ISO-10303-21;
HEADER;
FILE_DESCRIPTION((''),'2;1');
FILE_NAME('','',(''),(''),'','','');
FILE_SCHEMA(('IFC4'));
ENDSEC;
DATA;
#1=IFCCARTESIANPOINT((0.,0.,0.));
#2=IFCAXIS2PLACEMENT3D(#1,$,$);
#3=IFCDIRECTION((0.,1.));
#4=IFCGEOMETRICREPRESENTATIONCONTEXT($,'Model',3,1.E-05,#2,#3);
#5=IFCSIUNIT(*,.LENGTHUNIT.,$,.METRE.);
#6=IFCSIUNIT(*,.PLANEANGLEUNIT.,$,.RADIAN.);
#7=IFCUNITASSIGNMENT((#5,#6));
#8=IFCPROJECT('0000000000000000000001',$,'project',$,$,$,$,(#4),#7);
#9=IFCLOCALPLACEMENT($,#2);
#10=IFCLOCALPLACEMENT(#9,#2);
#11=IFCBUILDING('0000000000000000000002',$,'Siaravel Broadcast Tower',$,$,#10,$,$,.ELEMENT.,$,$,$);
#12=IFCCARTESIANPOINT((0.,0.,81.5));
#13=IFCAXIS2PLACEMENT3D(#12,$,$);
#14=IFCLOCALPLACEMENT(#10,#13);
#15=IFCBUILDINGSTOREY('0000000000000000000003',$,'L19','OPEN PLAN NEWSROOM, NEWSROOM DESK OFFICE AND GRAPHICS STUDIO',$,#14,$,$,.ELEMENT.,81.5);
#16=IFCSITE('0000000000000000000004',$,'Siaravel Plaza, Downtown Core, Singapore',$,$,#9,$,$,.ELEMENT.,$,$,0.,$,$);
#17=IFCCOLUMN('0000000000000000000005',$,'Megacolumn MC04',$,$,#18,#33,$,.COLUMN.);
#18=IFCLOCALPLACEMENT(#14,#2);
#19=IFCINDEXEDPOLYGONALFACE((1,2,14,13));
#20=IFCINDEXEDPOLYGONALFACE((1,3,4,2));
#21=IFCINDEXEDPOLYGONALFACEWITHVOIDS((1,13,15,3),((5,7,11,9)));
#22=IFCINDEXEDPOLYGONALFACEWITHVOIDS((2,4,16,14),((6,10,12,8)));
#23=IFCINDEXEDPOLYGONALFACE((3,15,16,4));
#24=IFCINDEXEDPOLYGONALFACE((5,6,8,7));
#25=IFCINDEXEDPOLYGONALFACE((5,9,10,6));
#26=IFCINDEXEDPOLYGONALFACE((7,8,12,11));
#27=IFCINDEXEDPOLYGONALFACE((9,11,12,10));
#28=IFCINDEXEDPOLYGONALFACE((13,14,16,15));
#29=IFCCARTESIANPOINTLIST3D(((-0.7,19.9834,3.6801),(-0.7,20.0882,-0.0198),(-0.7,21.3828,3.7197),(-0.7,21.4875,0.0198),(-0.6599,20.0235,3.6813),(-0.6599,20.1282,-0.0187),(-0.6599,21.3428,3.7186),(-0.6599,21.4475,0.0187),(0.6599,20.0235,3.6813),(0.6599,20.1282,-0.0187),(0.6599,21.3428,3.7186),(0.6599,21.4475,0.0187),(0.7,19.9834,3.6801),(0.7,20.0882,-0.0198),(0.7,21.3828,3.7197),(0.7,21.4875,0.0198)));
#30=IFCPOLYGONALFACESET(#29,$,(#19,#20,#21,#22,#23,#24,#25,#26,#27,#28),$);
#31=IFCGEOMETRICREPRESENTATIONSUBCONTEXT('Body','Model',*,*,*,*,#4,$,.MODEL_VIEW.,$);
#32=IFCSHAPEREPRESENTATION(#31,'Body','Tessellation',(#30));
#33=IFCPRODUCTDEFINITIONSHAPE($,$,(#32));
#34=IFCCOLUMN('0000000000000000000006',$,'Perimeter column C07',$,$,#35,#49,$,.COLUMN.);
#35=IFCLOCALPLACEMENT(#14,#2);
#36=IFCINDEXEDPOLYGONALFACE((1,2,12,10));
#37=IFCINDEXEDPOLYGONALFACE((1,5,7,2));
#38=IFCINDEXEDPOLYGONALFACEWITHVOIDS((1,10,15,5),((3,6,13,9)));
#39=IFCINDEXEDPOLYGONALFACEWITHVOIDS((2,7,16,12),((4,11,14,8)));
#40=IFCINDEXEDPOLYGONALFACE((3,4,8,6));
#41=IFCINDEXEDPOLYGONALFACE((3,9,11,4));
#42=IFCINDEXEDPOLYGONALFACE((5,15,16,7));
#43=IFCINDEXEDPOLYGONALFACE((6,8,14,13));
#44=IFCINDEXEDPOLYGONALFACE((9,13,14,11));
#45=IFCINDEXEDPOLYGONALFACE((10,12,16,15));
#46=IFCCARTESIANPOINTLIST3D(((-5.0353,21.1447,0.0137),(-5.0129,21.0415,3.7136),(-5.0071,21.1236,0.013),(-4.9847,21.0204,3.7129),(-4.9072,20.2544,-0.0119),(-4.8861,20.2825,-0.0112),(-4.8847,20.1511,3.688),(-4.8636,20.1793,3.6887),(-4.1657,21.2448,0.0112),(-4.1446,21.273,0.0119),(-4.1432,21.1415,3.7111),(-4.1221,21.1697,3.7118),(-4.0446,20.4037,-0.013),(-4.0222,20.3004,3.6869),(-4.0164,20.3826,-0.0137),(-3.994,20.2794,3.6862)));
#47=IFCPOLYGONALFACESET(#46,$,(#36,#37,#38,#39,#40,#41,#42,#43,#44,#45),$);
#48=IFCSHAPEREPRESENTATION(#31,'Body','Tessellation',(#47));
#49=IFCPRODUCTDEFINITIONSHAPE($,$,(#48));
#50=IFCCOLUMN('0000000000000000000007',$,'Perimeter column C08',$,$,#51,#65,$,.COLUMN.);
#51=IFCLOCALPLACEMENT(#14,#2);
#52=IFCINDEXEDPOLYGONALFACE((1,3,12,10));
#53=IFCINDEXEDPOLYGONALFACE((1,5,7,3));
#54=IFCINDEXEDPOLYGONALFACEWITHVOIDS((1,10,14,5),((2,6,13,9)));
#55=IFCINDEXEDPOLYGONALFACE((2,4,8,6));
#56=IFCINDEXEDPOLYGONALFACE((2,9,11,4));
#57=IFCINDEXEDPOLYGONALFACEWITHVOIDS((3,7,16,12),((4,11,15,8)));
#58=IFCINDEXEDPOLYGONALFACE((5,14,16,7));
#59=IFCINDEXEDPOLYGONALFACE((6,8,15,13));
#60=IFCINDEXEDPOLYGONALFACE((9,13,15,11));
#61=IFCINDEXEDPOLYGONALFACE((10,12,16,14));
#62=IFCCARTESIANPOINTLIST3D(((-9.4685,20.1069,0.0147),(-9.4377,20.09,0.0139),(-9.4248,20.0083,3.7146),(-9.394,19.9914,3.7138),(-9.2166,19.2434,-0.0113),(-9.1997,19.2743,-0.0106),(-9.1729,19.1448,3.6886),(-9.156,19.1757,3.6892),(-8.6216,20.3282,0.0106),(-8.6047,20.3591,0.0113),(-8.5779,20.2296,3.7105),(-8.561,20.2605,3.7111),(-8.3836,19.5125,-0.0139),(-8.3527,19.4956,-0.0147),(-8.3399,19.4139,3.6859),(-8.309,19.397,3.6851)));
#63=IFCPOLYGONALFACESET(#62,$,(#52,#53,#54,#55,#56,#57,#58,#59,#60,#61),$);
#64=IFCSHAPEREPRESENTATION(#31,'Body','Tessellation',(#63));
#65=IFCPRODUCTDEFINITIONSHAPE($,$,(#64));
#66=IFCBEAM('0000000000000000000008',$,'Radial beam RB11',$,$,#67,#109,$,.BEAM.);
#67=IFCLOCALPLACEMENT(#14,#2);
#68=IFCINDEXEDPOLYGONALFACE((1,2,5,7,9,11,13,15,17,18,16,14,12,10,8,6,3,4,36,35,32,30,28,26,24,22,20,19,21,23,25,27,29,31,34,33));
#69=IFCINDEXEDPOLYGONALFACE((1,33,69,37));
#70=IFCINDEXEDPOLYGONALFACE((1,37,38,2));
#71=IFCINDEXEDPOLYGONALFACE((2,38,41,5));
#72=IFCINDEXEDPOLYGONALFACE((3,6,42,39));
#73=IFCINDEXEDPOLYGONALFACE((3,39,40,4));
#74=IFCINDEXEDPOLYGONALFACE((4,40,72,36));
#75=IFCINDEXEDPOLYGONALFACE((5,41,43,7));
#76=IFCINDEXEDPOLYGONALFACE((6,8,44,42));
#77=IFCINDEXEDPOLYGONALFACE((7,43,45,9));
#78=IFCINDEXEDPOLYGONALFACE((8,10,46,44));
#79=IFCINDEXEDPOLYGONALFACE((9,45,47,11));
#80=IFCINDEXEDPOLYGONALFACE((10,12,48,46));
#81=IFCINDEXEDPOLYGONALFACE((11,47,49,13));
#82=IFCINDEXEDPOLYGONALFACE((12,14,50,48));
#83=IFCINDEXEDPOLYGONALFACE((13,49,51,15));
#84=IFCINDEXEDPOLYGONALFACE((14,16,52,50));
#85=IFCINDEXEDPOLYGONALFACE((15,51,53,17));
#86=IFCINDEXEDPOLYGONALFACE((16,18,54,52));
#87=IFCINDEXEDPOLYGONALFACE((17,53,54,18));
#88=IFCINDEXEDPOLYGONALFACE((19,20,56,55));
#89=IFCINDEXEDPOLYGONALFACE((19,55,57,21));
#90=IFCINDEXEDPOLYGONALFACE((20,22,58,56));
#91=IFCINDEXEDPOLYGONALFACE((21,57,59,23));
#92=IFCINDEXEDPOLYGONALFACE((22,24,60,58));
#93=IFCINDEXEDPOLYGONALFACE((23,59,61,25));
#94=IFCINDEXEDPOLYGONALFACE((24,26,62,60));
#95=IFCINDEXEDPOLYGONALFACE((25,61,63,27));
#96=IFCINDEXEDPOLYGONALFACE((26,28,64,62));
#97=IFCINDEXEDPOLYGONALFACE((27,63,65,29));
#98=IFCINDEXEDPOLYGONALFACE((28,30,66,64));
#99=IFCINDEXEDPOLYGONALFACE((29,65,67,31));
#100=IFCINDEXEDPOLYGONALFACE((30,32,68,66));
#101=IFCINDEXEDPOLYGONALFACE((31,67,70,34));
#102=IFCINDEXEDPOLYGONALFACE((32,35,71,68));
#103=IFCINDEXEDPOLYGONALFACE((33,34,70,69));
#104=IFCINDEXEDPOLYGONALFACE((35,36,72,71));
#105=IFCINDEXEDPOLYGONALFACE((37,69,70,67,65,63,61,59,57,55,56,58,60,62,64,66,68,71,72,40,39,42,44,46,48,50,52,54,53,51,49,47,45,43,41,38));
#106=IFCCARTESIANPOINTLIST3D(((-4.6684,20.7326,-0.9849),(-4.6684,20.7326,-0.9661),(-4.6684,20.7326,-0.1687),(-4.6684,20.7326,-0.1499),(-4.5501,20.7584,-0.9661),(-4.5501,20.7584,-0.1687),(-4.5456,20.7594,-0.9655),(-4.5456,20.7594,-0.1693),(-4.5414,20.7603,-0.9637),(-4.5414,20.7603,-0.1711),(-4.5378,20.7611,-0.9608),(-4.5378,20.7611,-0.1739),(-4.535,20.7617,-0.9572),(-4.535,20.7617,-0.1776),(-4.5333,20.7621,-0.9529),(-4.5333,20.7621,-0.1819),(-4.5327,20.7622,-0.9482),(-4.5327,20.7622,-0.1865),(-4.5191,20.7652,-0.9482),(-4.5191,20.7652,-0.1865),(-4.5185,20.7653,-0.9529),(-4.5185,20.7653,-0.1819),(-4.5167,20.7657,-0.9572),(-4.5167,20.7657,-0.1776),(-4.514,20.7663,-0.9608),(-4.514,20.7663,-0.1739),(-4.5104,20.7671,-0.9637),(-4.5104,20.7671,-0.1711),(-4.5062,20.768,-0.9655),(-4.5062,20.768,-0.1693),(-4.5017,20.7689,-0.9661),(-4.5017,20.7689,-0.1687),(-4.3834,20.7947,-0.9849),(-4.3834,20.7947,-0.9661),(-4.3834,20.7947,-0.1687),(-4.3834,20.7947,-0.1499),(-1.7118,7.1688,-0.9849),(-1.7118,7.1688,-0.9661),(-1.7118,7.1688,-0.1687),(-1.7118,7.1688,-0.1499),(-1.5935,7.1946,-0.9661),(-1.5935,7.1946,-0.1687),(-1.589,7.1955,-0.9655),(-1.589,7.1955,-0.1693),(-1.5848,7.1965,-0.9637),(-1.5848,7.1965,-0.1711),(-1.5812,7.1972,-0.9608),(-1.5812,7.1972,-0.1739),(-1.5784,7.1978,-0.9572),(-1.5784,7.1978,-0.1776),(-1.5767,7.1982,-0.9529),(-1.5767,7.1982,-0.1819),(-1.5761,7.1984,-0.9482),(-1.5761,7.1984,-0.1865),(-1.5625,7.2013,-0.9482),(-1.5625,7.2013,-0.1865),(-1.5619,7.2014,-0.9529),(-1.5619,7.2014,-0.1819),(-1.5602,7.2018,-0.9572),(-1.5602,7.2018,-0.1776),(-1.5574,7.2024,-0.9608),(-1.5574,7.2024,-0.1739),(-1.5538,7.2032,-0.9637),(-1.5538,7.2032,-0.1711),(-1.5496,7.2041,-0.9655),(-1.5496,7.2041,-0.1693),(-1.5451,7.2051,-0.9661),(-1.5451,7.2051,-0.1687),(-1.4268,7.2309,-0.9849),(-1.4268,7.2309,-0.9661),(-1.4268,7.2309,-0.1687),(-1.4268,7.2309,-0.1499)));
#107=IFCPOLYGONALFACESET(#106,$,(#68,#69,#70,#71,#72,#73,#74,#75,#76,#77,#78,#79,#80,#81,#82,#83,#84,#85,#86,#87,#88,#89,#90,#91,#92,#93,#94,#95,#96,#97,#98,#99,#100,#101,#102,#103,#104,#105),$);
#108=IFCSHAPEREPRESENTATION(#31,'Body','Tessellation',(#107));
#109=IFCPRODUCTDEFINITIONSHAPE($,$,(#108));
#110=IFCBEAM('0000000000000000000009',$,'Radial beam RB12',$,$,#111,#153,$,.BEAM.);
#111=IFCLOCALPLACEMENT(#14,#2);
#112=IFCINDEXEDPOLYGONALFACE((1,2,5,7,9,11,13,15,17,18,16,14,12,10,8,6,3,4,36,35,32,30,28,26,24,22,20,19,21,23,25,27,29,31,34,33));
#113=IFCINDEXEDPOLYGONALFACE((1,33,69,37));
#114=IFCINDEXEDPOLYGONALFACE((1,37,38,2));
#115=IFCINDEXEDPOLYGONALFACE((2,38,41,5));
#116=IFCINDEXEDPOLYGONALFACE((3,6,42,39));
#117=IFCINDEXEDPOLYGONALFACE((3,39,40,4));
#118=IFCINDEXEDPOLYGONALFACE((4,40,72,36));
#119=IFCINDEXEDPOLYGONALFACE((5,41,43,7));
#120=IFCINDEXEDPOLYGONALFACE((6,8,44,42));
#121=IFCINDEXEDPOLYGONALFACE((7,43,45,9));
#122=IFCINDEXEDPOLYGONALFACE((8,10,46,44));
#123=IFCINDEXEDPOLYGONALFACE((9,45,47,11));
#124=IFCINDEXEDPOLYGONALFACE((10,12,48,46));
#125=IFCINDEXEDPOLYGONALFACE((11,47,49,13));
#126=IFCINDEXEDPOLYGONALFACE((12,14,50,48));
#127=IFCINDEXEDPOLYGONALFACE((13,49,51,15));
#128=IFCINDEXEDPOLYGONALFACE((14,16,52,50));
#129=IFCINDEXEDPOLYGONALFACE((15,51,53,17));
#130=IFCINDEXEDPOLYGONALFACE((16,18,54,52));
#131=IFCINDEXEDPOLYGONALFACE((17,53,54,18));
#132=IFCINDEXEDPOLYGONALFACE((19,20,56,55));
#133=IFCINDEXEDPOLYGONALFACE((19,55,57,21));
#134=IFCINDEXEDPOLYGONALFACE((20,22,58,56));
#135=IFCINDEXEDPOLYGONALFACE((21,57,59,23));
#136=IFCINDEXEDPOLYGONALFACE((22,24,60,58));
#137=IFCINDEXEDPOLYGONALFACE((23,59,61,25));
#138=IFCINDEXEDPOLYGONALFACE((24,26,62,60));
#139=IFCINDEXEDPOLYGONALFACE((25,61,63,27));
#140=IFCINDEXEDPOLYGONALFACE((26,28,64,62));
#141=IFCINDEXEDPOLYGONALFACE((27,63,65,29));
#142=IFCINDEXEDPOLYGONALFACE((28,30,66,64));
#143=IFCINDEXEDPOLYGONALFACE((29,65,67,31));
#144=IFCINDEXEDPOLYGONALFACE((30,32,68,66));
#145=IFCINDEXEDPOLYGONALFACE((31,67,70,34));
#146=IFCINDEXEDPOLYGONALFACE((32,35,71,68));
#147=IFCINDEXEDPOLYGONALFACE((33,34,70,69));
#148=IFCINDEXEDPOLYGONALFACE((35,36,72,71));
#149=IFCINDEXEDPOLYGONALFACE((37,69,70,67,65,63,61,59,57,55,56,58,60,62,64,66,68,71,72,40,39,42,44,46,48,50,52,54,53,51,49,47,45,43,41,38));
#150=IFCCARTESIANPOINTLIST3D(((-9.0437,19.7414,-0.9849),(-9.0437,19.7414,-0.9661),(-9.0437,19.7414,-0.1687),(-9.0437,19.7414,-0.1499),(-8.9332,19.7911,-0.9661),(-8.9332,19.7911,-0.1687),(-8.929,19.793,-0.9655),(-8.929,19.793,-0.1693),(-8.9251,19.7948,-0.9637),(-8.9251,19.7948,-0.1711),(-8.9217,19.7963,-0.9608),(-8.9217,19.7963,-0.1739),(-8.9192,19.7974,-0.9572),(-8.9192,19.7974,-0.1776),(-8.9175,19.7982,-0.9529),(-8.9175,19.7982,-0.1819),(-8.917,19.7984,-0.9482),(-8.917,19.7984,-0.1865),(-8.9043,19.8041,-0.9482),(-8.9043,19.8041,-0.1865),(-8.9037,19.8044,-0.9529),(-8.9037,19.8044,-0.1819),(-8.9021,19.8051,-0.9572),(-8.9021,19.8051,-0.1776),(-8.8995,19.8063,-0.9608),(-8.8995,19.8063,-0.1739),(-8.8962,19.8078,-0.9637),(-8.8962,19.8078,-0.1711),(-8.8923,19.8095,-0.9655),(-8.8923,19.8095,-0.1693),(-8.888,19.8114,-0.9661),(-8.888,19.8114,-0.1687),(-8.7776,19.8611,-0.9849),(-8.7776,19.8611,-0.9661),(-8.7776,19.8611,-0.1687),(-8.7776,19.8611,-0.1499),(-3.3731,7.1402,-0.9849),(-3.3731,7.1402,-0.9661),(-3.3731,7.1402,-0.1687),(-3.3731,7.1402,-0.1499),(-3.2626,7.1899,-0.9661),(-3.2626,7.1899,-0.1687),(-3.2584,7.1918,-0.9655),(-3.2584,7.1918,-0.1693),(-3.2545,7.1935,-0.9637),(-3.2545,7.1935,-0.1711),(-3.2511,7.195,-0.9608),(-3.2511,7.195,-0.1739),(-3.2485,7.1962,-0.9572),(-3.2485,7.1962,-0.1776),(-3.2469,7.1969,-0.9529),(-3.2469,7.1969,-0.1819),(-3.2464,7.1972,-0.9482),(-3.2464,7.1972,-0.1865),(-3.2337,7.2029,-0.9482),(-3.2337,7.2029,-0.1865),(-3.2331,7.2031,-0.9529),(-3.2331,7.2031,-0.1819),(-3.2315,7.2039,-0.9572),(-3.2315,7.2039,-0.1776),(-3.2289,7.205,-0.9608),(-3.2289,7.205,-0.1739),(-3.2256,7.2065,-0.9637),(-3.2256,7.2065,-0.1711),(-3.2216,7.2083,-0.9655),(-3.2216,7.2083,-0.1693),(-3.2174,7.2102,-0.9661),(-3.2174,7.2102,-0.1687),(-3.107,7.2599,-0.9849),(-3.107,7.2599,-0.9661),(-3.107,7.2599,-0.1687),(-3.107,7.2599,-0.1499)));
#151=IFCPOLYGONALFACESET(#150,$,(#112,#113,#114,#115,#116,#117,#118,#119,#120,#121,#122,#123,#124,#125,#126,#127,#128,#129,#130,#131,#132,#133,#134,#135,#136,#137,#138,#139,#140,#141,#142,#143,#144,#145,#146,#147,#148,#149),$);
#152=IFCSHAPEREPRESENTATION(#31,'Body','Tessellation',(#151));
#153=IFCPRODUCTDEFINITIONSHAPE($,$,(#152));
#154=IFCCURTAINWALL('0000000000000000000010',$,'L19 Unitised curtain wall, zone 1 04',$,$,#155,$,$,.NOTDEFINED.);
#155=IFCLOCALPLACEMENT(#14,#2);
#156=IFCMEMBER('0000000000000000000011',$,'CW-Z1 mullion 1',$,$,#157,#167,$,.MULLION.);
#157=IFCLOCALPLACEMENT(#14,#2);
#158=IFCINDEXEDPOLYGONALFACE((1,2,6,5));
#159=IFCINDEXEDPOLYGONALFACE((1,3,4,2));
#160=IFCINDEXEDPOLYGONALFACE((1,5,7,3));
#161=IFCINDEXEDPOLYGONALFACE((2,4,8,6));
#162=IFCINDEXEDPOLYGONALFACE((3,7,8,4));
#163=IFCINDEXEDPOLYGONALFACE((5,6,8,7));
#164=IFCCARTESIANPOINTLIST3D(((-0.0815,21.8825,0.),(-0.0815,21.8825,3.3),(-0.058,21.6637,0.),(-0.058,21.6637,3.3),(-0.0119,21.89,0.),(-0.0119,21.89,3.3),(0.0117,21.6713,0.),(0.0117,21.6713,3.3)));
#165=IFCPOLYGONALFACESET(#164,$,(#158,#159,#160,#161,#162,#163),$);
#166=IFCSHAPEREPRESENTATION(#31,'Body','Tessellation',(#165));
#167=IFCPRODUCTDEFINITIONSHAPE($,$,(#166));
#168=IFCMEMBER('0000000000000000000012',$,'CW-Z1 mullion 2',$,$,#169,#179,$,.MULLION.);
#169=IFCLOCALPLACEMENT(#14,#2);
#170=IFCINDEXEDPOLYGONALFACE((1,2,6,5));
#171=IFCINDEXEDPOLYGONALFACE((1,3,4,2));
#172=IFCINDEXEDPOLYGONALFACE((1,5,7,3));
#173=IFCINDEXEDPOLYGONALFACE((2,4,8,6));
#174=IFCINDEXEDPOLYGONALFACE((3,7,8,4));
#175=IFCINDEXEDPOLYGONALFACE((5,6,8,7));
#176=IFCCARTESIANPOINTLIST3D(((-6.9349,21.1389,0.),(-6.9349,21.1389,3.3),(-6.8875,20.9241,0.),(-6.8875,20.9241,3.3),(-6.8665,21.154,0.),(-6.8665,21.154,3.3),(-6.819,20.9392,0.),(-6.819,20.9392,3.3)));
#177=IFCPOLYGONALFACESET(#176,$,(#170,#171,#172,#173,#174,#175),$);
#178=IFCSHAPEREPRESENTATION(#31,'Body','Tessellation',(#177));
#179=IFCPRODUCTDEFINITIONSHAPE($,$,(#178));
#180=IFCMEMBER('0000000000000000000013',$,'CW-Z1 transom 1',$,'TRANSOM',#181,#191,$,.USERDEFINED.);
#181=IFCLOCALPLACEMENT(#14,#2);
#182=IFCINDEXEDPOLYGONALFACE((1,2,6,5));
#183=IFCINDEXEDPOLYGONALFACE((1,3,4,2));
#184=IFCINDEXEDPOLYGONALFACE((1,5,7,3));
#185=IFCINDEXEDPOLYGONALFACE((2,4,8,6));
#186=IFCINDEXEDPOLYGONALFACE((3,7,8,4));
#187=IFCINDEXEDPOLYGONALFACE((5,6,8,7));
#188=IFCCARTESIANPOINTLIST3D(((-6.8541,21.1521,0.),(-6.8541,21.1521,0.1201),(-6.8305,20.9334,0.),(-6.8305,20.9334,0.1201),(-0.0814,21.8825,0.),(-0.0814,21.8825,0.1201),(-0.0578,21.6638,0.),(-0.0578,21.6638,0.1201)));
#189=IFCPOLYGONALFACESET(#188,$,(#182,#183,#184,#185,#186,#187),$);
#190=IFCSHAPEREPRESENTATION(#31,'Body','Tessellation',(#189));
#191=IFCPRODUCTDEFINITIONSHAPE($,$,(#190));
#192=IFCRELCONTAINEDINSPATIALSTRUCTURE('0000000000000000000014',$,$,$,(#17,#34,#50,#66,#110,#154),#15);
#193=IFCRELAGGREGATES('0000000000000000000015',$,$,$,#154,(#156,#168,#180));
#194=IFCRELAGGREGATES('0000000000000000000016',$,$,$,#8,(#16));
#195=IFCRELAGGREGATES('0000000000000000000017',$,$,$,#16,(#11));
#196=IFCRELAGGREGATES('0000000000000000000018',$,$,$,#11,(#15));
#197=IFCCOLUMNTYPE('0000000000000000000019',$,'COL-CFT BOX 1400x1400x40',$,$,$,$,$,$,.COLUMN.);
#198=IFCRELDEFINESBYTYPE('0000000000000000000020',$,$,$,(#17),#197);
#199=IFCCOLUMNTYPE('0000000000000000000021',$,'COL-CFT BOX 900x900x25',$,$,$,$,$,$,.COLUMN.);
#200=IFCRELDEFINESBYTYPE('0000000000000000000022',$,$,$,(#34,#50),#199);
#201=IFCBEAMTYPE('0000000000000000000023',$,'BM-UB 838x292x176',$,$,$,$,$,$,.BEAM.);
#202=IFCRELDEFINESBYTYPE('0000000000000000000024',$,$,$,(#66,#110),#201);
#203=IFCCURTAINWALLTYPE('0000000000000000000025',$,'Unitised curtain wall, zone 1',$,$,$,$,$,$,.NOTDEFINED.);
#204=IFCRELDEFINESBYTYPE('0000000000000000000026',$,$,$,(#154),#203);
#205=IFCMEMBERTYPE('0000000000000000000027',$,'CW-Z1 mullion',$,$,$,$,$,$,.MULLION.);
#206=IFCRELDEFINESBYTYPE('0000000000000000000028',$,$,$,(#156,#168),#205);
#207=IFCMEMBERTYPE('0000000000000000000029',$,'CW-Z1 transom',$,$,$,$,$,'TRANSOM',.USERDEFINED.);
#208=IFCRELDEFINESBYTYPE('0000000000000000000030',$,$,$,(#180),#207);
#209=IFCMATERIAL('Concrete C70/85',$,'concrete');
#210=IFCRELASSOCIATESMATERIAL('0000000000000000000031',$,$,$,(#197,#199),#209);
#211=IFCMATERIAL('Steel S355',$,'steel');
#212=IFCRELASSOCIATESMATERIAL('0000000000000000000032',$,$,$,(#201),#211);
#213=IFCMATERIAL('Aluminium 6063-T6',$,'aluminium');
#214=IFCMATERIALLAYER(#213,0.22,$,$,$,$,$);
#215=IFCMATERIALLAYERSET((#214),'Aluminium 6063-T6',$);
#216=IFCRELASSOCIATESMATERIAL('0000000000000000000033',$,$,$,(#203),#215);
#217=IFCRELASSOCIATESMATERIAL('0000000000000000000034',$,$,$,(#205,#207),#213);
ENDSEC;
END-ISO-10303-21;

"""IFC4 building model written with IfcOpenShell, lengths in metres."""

from ifc_helpers import new_model, si_unit, direction, frame, origin, origin_2d, place, context, subcontext, project, spatial, rectangle, hollow_rectangle, i_section, extrude, material, layer, layer_set, material_profile, profile_set, type_object, element, aggregate, save


model = new_model("IFC4")

# Units and contexts
model_context = context("Model", 3, precision=1e-05, world=origin(), true_north=direction((0.0, 1.0)))
body_context = subcontext(model_context, "Body", "Model", "MODEL_VIEW")
ifc_project = project(units=[si_unit("LENGTHUNIT", "METRE"), si_unit("PLANEANGLEUNIT", "RADIAN")], contexts=[model_context])

# Site, building, storey
site_placement = place(None, origin())
site = spatial("IfcSite", under=ifc_project, at=site_placement, Name="Siaravel Plaza, Downtown Core, Singapore", CompositionType="ELEMENT", RefElevation=0.0)
building_placement = place(site_placement, origin())
building = spatial("IfcBuilding", under=site, at=building_placement, Name="Siaravel Broadcast Tower", CompositionType="ELEMENT")
storey_placement = place(building_placement, frame((0.0, 0.0, 81.5)))
storey = spatial("IfcBuildingStorey", under=building, at=storey_placement, Name="L19", Description="OPEN PLAN NEWSROOM, NEWSROOM DESK OFFICE AND GRAPHICS STUDIO", CompositionType="ELEMENT", Elevation=81.5)

# Columns
ifc_material_1 = material(Name="Concrete C70/85", Category="concrete")
ifc_material_profile_1 = material_profile(ifc_material_1, hollow_rectangle(XDim=1.3999, YDim=1.3999, WallThickness=0.04, at=origin_2d()))
ifc_profile_set_1 = profile_set([ifc_material_profile_1], Name="Concrete C70/85")
column_type_1 = type_object("IfcColumnType", Name="COL-CFT BOX 1400x1400x40", PredefinedType="COLUMN", material=ifc_profile_set_1)
column_placement = place(storey_placement, frame((0.0, 20.7878, 0.0), z_axis=(0.0, -0.028296, 0.9996), x_axis=(1.0, 0.0, 0.0)))
element("IfcColumn", 1, at=column_placement, inside=storey, type_object=column_type_1, Name="Megacolumn MC04", PredefinedType="COLUMN", context=body_context, shape_type="SweptSolid", body=[
    extrude(hollow_rectangle(XDim=1.3999, YDim=1.3999, WallThickness=0.04, at=origin_2d()), origin(), (0.0, 0.0, 1.0), 3.7014),
])
ifc_material_profile_2 = material_profile(ifc_material_1, hollow_rectangle(XDim=0.8999, YDim=0.8999, WallThickness=0.0249, at=origin_2d()))
ifc_profile_set_2 = profile_set([ifc_material_profile_2], Name="Concrete C70/85")
column_type_2 = type_object("IfcColumnType", Name="COL-CFT BOX 900x900x25", PredefinedType="COLUMN", material=ifc_profile_set_2)
for number, where, z_axis, x_axis, name in (
    (2, (-4.5259, 20.7637, 0.0), (0.006068, -0.0279, 0.999592), (0.989789, 0.142526, -0.00203), "Perimeter column C07"),
    (3, (-8.9106, 19.8013, 0.0), (0.011806, -0.026647, 0.999575), (0.959931, 0.28021, -0.003868), "Perimeter column C08"),
):
    element("IfcColumn", number, at=place(storey_placement, frame(where, z_axis=z_axis, x_axis=x_axis)), inside=storey, type_object=column_type_2, Name=name, PredefinedType="COLUMN", context=body_context, shape_type="SweptSolid", body=[
        extrude(hollow_rectangle(XDim=0.8999, YDim=0.8999, WallThickness=0.0249, at=origin_2d()), origin(), (0.0, 0.0, 1.0), 3.7014),
    ])

# Beams
ifc_material_2 = material(Name="Steel S355", Category="steel")
ifc_material_profile_3 = material_profile(ifc_material_2, i_section(OverallWidth=0.2917, OverallDepth=0.835, WebThickness=0.0139, FlangeThickness=0.0188, FilletRadius=0.0178, at=origin_2d()))
ifc_profile_set_3 = profile_set([ifc_material_profile_3], Name="Steel S355")
beam_type = type_object("IfcBeamType", Name="BM-UB 838x292x176", PredefinedType="BEAM", material=ifc_profile_set_3)
beam_1_placement = place(storey_placement, frame((-4.5259, 20.7637, -0.5674), z_axis=(0.212974, -0.977058, 0.0), x_axis=(0.977058, 0.212974, 0.0)))
element("IfcBeam", 4, at=beam_1_placement, inside=storey, type_object=beam_type, Name="Radial beam RB11", PredefinedType="BEAM", context=body_context, shape_type="SweptSolid", body=[
    extrude(i_section(OverallWidth=0.2917, OverallDepth=0.835, WebThickness=0.0139, FlangeThickness=0.0188, FilletRadius=0.0178, at=origin_2d()), origin(), (0.0, 0.0, 1.0), 13.8823),
])
beam_2_placement = place(storey_placement, frame((-8.9106, 19.8013, -0.5674), z_axis=(0.410368, -0.91192, 0.0), x_axis=(0.91192, 0.410368, 0.0)))
element("IfcBeam", 5, at=beam_2_placement, inside=storey, type_object=beam_type, Name="Radial beam RB12", PredefinedType="BEAM", context=body_context, shape_type="SweptSolid", body=[
    extrude(i_section(OverallWidth=0.2917, OverallDepth=0.835, WebThickness=0.0139, FlangeThickness=0.0188, FilletRadius=0.0178, at=origin_2d()), origin(), (0.0, 0.0, 1.0), 13.8184),
])

# Curtain wall, members
ifc_material_3 = material(Name="Aluminium 6063-T6", Category="aluminium")
ifc_layer_1 = layer(ifc_material_3, 0.22)
ifc_layer_set_1 = layer_set([ifc_layer_1], Name="Aluminium 6063-T6")
curtain_wall_type = type_object("IfcCurtainWallType", Name="Unitised curtain wall, zone 1", PredefinedType="NOTDEFINED", material=ifc_layer_set_1)
curtain_wall_placement = place(storey_placement, origin())
curtain_wall = element("IfcCurtainWall", 6, at=curtain_wall_placement, inside=storey, type_object=curtain_wall_type, Name="L19 Unitised curtain wall, zone 1 04", PredefinedType="NOTDEFINED")
ifc_material_profile_4 = material_profile(ifc_material_3, rectangle(XDim=0.22, YDim=0.0701, at=origin_2d()))
ifc_profile_set_4 = profile_set([ifc_material_profile_4], Name="Aluminium 6063-T6")
member_type_1 = type_object("IfcMemberType", Name="CW-Z1 mullion", PredefinedType="MULLION", material=ifc_profile_set_4)
member_1_placement = place(storey_placement, frame((-0.0349, 21.7769, 0.0), z_axis=(0.0, 0.0, 1.0), x_axis=(0.107218, -0.994236, 0.0)))
member_1 = element("IfcMember", 7, at=member_1_placement, type_object=member_type_1, Name="CW-Z1 mullion 1", PredefinedType="MULLION", context=body_context, shape_type="SweptSolid", body=[
    extrude(rectangle(XDim=0.22, YDim=0.0701, at=origin_2d()), origin(), (0.0, 0.0, 1.0), 3.3),
])
member_2_placement = place(storey_placement, frame((-6.877, 21.0391, 0.0), z_axis=(0.0, 0.0, 1.0), x_axis=(0.215558, -0.976491, 0.0)))
member_2 = element("IfcMember", 8, at=member_2_placement, type_object=member_type_1, Name="CW-Z1 mullion 2", PredefinedType="MULLION", context=body_context, shape_type="SweptSolid", body=[
    extrude(rectangle(XDim=0.22, YDim=0.0701, at=origin_2d()), origin(), (0.0, 0.0, 1.0), 3.3),
])
ifc_material_profile_5 = material_profile(ifc_material_3, rectangle(XDim=0.22, YDim=0.1201, at=origin_2d()))
ifc_profile_set_5 = profile_set([ifc_material_profile_5], Name="Aluminium 6063-T6")
member_type_2 = type_object("IfcMemberType", Name="CW-Z1 transom", ElementType="TRANSOM", PredefinedType="USERDEFINED", material=ifc_profile_set_5)
member_3_placement = place(storey_placement, frame((-0.0696, 21.7732, 0.0601), z_axis=(-0.994234, -0.107233, 0.0), x_axis=(0.107233, -0.994234, 0.0)))
member_3 = element("IfcMember", 9, at=member_3_placement, type_object=member_type_2, Name="CW-Z1 transom 1", ObjectType="TRANSOM", PredefinedType="USERDEFINED", context=body_context, shape_type="SweptSolid", body=[
    extrude(rectangle(XDim=0.22, YDim=0.1201, at=origin_2d()), origin(), (0.0, 0.0, 1.0), 6.812),
])

aggregate(curtain_wall, [member_1, member_2, member_3])

save(model, "model.ifc")
